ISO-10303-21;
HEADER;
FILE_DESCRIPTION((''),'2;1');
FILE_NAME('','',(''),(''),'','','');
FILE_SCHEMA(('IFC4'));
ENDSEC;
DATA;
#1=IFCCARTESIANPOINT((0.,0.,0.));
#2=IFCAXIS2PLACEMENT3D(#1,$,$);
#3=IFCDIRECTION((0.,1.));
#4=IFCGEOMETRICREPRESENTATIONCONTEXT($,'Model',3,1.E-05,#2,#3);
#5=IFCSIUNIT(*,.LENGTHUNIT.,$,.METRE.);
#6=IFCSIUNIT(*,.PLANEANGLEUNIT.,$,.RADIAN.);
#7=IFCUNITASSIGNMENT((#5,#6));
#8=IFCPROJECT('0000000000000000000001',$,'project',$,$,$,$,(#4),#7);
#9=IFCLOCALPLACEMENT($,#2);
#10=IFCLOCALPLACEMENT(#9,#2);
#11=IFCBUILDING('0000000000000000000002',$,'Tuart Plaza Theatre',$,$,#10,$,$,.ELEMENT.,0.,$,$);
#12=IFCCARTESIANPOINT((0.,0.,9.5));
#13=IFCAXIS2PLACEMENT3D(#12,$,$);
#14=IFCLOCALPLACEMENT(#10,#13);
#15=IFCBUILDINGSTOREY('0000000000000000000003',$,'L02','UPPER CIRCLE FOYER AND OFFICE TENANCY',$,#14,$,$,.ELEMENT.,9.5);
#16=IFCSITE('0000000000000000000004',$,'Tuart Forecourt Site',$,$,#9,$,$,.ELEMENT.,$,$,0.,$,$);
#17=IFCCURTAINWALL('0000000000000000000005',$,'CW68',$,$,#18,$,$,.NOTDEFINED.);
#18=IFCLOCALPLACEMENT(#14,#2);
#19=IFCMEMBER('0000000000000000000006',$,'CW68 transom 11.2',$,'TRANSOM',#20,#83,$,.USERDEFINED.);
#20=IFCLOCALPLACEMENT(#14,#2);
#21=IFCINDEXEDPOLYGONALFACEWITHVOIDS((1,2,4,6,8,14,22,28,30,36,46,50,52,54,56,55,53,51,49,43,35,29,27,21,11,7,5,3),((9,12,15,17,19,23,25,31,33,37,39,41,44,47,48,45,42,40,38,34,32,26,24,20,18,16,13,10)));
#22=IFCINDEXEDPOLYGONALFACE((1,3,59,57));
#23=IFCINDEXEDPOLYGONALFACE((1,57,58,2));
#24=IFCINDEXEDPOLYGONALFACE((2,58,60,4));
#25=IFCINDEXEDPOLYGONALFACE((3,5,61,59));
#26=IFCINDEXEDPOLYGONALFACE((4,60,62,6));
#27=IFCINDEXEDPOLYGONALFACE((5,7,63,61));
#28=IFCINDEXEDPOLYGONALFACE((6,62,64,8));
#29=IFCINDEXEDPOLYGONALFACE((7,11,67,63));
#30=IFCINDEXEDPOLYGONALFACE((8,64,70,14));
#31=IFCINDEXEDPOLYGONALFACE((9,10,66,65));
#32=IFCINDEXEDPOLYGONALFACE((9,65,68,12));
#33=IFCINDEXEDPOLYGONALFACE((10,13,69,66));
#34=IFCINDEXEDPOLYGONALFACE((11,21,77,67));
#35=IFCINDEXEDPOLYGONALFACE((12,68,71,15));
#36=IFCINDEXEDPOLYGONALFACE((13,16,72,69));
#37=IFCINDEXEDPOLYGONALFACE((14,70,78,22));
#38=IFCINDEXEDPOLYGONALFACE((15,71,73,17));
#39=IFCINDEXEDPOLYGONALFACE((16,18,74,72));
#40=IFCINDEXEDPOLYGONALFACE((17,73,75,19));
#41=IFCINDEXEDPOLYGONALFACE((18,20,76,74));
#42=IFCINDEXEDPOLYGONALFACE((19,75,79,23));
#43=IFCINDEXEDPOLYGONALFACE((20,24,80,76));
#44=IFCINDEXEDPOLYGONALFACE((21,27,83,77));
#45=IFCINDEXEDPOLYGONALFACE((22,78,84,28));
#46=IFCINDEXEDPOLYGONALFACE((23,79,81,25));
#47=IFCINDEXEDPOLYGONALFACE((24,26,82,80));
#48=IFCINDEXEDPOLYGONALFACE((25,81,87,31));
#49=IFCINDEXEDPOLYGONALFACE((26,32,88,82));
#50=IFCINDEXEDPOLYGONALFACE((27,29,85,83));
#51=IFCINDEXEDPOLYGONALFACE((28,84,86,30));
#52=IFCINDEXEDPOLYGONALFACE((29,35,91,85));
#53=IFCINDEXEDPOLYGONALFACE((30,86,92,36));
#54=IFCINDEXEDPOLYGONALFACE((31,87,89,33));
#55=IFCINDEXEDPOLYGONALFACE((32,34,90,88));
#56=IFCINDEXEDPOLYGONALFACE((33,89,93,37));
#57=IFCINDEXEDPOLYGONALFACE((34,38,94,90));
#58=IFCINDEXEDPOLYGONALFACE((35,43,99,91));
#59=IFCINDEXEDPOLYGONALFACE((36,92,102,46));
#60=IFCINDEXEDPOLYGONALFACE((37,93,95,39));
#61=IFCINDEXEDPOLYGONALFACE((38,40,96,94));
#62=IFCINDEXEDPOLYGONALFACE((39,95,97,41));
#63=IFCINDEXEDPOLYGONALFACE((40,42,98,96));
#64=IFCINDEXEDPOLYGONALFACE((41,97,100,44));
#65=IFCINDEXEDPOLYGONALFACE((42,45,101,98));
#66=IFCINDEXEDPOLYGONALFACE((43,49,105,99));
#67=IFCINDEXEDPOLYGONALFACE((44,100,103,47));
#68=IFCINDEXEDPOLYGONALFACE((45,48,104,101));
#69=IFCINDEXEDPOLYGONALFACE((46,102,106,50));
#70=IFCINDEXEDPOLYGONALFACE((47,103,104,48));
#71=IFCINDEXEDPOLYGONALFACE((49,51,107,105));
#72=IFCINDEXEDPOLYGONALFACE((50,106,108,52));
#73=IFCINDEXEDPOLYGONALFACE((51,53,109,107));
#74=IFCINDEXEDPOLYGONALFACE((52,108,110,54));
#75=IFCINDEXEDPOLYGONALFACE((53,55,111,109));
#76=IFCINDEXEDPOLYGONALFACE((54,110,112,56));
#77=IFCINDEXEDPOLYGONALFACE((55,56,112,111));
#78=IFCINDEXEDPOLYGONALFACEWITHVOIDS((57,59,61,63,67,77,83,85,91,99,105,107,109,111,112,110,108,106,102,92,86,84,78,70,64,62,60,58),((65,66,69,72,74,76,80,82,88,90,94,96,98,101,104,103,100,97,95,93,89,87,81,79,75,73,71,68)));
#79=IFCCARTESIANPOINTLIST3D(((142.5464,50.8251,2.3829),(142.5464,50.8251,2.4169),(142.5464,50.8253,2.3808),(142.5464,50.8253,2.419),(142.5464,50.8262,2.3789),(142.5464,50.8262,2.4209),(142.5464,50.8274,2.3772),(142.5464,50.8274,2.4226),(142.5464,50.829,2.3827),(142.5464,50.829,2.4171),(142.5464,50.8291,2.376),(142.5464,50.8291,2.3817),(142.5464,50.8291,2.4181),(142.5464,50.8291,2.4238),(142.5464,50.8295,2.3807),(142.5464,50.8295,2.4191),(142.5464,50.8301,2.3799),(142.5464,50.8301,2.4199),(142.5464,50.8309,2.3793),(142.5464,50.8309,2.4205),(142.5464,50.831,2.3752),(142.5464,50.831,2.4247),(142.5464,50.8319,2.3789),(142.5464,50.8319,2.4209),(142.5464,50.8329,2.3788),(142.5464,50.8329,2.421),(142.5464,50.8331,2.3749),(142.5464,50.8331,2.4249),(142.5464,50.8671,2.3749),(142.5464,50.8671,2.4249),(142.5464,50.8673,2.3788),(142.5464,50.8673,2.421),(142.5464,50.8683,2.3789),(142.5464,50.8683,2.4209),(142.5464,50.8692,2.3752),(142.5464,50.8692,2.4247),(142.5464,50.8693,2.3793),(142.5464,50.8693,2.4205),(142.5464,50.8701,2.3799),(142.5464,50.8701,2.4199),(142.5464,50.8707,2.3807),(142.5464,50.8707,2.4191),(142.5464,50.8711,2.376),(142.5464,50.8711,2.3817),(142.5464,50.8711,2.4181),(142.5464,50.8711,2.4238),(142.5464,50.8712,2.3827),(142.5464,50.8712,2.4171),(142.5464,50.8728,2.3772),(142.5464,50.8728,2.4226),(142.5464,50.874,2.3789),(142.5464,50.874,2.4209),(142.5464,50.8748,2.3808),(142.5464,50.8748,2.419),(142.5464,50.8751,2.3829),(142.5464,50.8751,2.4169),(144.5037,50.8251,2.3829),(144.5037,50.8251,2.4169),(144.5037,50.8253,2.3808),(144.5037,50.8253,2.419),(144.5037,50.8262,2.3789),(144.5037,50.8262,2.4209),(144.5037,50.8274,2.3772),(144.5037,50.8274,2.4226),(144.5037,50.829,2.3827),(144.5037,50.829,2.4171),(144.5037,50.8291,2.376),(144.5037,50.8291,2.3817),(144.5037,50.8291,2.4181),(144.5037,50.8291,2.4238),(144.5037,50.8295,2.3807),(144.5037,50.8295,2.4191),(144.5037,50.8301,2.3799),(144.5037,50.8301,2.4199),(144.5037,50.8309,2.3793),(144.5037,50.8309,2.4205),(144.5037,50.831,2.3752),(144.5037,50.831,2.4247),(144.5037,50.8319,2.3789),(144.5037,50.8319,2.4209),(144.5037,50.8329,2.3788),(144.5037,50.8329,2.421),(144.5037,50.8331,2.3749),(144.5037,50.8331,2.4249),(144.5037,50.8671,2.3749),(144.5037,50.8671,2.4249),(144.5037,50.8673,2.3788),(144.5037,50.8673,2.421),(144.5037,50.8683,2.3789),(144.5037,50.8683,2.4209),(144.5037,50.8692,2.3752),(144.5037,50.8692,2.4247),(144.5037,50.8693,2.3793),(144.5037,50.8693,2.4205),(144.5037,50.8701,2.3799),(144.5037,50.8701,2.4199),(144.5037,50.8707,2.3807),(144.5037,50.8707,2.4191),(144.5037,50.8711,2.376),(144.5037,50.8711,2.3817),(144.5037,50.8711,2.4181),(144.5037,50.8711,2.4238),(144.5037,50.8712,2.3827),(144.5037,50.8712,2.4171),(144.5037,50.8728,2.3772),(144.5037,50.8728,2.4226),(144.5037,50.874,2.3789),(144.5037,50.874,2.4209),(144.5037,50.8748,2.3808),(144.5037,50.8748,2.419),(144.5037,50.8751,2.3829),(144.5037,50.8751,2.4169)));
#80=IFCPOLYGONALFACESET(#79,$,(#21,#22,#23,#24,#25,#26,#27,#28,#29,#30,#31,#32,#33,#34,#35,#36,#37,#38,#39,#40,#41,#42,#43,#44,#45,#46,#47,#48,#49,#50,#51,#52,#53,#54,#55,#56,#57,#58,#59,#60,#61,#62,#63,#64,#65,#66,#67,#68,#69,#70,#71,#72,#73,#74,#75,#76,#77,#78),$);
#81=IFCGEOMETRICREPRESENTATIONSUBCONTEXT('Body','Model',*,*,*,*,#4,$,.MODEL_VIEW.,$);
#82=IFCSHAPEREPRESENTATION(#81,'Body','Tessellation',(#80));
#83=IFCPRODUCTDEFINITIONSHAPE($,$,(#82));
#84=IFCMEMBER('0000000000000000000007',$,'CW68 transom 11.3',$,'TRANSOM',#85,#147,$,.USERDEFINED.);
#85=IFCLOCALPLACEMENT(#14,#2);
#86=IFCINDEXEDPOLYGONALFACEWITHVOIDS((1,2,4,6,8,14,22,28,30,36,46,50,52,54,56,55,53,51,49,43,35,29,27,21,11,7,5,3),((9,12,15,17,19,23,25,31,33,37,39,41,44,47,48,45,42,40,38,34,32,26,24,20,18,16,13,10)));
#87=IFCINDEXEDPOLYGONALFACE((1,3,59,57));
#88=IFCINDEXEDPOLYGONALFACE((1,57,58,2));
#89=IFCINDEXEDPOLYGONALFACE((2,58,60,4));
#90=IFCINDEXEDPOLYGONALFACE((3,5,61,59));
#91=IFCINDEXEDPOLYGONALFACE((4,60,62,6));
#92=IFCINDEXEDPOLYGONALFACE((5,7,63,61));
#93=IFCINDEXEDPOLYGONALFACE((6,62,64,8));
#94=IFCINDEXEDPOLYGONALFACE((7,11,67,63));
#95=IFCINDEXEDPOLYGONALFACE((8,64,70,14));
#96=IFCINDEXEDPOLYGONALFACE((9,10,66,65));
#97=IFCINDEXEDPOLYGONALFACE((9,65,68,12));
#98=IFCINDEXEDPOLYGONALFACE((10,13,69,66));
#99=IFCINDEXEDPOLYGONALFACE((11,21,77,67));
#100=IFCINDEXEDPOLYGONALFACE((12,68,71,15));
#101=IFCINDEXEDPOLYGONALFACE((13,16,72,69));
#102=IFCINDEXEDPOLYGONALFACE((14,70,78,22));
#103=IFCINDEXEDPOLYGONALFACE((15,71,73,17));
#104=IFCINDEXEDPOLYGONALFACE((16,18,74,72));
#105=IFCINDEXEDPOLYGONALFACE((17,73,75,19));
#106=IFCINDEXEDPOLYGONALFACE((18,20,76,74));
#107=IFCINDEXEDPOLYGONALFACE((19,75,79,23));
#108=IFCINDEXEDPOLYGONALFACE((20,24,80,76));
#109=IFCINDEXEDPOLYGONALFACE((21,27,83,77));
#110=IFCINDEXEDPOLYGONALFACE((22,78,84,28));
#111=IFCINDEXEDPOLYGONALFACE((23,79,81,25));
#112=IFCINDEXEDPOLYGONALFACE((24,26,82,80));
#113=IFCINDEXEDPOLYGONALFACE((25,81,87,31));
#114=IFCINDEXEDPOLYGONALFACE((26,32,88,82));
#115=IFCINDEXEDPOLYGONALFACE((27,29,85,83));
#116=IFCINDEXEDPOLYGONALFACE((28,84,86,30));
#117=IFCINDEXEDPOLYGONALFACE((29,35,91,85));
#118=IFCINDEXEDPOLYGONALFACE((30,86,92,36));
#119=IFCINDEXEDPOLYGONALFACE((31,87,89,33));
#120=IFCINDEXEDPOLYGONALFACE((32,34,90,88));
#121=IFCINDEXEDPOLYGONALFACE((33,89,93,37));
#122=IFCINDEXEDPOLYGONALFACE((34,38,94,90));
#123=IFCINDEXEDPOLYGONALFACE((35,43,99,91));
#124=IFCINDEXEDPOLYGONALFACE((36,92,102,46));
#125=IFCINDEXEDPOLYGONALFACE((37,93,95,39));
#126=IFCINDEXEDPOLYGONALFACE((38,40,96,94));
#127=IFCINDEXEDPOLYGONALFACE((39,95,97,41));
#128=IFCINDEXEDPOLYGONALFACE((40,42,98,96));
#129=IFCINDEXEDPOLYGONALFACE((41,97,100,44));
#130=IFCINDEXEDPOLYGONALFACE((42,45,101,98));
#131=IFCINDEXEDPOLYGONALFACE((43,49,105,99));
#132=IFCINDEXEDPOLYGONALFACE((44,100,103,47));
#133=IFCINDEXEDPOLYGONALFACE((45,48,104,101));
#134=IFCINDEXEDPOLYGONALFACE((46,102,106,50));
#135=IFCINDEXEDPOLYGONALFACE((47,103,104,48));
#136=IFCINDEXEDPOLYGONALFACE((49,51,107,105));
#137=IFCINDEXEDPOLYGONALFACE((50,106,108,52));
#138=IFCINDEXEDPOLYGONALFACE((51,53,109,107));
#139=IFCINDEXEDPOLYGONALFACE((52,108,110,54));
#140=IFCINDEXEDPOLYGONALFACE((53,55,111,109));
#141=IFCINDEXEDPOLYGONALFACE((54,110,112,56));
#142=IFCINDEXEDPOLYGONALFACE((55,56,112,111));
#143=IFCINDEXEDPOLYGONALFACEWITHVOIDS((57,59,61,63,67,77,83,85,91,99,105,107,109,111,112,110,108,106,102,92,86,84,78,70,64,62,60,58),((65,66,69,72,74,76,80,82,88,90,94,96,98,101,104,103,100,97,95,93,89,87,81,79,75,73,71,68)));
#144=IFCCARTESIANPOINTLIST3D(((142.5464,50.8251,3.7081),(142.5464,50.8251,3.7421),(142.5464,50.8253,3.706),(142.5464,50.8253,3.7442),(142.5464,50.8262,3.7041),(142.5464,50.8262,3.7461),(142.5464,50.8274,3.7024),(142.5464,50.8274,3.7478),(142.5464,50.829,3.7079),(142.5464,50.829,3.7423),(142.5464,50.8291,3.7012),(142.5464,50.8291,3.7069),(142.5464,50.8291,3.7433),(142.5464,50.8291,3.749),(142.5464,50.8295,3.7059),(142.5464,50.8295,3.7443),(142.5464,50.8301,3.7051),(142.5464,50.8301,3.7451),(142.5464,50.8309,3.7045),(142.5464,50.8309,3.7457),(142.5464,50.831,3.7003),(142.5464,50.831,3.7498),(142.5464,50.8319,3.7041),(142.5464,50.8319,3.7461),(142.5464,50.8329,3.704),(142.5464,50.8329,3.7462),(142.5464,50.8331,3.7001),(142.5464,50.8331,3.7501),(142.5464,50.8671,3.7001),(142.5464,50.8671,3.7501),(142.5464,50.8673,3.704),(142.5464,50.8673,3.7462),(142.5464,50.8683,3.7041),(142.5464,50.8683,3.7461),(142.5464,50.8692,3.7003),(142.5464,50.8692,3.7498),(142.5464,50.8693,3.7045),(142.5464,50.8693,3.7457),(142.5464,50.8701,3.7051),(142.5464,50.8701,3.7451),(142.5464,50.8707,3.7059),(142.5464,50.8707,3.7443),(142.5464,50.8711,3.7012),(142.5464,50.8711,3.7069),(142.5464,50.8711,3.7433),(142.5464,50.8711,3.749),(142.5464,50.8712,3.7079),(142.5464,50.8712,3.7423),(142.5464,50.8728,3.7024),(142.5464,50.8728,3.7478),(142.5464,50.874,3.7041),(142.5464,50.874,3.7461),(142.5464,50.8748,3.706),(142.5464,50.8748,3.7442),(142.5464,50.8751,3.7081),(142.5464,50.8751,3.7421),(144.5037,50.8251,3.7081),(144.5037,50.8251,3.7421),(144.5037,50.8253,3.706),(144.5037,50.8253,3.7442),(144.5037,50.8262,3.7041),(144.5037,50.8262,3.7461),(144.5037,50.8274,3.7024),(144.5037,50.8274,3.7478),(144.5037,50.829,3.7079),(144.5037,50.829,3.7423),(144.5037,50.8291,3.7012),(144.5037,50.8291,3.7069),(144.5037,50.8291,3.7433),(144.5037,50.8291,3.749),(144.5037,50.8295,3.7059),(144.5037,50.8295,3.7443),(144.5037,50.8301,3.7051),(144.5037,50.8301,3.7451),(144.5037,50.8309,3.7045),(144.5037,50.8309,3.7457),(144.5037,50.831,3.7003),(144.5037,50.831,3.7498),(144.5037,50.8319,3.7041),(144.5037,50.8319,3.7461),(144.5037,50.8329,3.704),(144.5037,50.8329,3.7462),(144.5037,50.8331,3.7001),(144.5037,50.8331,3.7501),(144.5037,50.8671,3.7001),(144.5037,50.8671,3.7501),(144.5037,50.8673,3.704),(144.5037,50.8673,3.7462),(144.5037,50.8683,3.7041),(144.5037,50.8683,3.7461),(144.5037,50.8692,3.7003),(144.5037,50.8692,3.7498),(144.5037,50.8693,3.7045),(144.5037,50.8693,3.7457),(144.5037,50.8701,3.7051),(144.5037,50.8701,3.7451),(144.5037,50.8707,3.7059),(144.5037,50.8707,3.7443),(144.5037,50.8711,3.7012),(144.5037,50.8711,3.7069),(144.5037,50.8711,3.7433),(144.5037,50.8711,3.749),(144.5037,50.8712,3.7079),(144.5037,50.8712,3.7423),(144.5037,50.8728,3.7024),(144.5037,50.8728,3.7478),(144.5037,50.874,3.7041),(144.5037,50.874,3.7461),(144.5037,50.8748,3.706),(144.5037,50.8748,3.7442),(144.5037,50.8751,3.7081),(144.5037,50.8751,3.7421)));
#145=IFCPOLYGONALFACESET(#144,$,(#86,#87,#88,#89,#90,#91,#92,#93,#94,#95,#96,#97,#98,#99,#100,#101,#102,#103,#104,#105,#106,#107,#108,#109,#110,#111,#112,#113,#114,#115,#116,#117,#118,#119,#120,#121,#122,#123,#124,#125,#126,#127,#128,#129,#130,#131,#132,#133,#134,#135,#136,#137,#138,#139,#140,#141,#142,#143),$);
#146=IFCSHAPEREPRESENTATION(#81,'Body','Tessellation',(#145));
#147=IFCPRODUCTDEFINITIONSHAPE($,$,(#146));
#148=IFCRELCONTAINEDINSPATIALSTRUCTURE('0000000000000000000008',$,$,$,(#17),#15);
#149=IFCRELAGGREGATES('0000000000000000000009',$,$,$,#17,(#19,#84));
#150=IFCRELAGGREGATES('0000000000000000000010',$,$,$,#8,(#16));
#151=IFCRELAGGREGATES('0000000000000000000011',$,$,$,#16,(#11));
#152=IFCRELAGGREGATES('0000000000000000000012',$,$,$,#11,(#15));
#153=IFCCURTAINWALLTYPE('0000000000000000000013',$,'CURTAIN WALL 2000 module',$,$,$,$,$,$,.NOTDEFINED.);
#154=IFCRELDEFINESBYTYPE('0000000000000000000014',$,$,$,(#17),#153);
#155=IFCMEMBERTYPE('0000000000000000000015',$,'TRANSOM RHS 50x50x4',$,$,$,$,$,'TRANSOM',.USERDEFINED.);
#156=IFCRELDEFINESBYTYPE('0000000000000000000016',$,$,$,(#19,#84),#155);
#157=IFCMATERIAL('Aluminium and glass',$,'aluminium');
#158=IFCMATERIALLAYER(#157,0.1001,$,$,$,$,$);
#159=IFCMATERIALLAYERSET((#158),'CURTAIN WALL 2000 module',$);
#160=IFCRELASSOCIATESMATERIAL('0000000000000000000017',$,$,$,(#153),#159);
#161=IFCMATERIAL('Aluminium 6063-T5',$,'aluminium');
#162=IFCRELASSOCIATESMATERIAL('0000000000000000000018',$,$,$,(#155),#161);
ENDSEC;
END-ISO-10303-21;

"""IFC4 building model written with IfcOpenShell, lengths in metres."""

from ifc_helpers import new_model, si_unit, direction, frame, origin, origin_2d, place, context, subcontext, project, spatial, hollow_rectangle, extrude, material, layer, layer_set, material_profile, profile_set, type_object, element, aggregate, save


model = new_model("IFC4")

# Units and contexts
model_context = context("Model", 3, precision=1e-05, world=origin(), true_north=direction((0.0, 1.0)))
body_context = subcontext(model_context, "Body", "Model", "MODEL_VIEW")
ifc_project = project(units=[si_unit("LENGTHUNIT", "METRE"), si_unit("PLANEANGLEUNIT", "RADIAN")], contexts=[model_context])

# Site, building, storey
site_placement = place(None, origin())
site = spatial("IfcSite", under=ifc_project, at=site_placement, Name="Tuart Forecourt Site", CompositionType="ELEMENT", RefElevation=0.0)
building_placement = place(site_placement, origin())
building = spatial("IfcBuilding", under=site, at=building_placement, Name="Tuart Plaza Theatre", CompositionType="ELEMENT", ElevationOfRefHeight=0.0)
storey_placement = place(building_placement, frame((0.0, 0.0, 9.5)))
storey = spatial("IfcBuildingStorey", under=building, at=storey_placement, Name="L02", Description="UPPER CIRCLE FOYER AND OFFICE TENANCY", CompositionType="ELEMENT", Elevation=9.5)

# Curtain wall, members
ifc_material_1 = material(Name="Aluminium and glass", Category="aluminium")
ifc_layer_1 = layer(ifc_material_1, 0.1001)
ifc_layer_set_1 = layer_set([ifc_layer_1], Name="CURTAIN WALL 2000 module")
curtain_wall_type = type_object("IfcCurtainWallType", Name="CURTAIN WALL 2000 module", PredefinedType="NOTDEFINED", material=ifc_layer_set_1)
curtain_wall_placement = place(storey_placement, origin())
curtain_wall = element("IfcCurtainWall", 1, at=curtain_wall_placement, inside=storey, type_object=curtain_wall_type, Name="CW68", PredefinedType="NOTDEFINED")
ifc_material_2 = material(Name="Aluminium 6063-T5", Category="aluminium")
ifc_material_profile_1 = material_profile(ifc_material_2, hollow_rectangle(XDim=0.05, YDim=0.05, WallThickness=0.0039, InnerFilletRadius=0.0039, OuterFilletRadius=0.0081, at=origin_2d()), Name="RHS 50x50x4")
ifc_profile_set_1 = profile_set([ifc_material_profile_1], Name="Aluminium 6063-T5")
member_type_1 = type_object("IfcMemberType", Name="TRANSOM RHS 50x50x4", ElementType="TRANSOM", PredefinedType="USERDEFINED", material=ifc_profile_set_1)
member_1_placement = place(storey_placement, frame((142.5464, 50.8501, 2.3999), z_axis=(1.0, 0.0, 0.0), x_axis=(0.0, 1.0, 0.0)))
member_1 = element("IfcMember", 2, at=member_1_placement, type_object=member_type_1, Name="CW68 transom 11.2", ObjectType="TRANSOM", PredefinedType="USERDEFINED", context=body_context, shape_type="SweptSolid", body=[
    extrude(hollow_rectangle(XDim=0.05, YDim=0.05, WallThickness=0.0039, InnerFilletRadius=0.0039, OuterFilletRadius=0.0081, at=origin_2d()), origin(), (0.0, 0.0, 1.0), 1.9573),
])
member_2_placement = place(storey_placement, frame((142.5464, 50.8501, 3.7251), z_axis=(1.0, 0.0, 0.0), x_axis=(0.0, 1.0, 0.0)))
member_2 = element("IfcMember", 3, at=member_2_placement, type_object=member_type_1, Name="CW68 transom 11.3", ObjectType="TRANSOM", PredefinedType="USERDEFINED", context=body_context, shape_type="SweptSolid", body=[
    extrude(hollow_rectangle(XDim=0.05, YDim=0.05, WallThickness=0.0039, InnerFilletRadius=0.0039, OuterFilletRadius=0.0081, at=origin_2d()), origin(), (0.0, 0.0, 1.0), 1.9573),
])
aggregate(curtain_wall, [member_1, member_2])

save(model, "model.ifc")
